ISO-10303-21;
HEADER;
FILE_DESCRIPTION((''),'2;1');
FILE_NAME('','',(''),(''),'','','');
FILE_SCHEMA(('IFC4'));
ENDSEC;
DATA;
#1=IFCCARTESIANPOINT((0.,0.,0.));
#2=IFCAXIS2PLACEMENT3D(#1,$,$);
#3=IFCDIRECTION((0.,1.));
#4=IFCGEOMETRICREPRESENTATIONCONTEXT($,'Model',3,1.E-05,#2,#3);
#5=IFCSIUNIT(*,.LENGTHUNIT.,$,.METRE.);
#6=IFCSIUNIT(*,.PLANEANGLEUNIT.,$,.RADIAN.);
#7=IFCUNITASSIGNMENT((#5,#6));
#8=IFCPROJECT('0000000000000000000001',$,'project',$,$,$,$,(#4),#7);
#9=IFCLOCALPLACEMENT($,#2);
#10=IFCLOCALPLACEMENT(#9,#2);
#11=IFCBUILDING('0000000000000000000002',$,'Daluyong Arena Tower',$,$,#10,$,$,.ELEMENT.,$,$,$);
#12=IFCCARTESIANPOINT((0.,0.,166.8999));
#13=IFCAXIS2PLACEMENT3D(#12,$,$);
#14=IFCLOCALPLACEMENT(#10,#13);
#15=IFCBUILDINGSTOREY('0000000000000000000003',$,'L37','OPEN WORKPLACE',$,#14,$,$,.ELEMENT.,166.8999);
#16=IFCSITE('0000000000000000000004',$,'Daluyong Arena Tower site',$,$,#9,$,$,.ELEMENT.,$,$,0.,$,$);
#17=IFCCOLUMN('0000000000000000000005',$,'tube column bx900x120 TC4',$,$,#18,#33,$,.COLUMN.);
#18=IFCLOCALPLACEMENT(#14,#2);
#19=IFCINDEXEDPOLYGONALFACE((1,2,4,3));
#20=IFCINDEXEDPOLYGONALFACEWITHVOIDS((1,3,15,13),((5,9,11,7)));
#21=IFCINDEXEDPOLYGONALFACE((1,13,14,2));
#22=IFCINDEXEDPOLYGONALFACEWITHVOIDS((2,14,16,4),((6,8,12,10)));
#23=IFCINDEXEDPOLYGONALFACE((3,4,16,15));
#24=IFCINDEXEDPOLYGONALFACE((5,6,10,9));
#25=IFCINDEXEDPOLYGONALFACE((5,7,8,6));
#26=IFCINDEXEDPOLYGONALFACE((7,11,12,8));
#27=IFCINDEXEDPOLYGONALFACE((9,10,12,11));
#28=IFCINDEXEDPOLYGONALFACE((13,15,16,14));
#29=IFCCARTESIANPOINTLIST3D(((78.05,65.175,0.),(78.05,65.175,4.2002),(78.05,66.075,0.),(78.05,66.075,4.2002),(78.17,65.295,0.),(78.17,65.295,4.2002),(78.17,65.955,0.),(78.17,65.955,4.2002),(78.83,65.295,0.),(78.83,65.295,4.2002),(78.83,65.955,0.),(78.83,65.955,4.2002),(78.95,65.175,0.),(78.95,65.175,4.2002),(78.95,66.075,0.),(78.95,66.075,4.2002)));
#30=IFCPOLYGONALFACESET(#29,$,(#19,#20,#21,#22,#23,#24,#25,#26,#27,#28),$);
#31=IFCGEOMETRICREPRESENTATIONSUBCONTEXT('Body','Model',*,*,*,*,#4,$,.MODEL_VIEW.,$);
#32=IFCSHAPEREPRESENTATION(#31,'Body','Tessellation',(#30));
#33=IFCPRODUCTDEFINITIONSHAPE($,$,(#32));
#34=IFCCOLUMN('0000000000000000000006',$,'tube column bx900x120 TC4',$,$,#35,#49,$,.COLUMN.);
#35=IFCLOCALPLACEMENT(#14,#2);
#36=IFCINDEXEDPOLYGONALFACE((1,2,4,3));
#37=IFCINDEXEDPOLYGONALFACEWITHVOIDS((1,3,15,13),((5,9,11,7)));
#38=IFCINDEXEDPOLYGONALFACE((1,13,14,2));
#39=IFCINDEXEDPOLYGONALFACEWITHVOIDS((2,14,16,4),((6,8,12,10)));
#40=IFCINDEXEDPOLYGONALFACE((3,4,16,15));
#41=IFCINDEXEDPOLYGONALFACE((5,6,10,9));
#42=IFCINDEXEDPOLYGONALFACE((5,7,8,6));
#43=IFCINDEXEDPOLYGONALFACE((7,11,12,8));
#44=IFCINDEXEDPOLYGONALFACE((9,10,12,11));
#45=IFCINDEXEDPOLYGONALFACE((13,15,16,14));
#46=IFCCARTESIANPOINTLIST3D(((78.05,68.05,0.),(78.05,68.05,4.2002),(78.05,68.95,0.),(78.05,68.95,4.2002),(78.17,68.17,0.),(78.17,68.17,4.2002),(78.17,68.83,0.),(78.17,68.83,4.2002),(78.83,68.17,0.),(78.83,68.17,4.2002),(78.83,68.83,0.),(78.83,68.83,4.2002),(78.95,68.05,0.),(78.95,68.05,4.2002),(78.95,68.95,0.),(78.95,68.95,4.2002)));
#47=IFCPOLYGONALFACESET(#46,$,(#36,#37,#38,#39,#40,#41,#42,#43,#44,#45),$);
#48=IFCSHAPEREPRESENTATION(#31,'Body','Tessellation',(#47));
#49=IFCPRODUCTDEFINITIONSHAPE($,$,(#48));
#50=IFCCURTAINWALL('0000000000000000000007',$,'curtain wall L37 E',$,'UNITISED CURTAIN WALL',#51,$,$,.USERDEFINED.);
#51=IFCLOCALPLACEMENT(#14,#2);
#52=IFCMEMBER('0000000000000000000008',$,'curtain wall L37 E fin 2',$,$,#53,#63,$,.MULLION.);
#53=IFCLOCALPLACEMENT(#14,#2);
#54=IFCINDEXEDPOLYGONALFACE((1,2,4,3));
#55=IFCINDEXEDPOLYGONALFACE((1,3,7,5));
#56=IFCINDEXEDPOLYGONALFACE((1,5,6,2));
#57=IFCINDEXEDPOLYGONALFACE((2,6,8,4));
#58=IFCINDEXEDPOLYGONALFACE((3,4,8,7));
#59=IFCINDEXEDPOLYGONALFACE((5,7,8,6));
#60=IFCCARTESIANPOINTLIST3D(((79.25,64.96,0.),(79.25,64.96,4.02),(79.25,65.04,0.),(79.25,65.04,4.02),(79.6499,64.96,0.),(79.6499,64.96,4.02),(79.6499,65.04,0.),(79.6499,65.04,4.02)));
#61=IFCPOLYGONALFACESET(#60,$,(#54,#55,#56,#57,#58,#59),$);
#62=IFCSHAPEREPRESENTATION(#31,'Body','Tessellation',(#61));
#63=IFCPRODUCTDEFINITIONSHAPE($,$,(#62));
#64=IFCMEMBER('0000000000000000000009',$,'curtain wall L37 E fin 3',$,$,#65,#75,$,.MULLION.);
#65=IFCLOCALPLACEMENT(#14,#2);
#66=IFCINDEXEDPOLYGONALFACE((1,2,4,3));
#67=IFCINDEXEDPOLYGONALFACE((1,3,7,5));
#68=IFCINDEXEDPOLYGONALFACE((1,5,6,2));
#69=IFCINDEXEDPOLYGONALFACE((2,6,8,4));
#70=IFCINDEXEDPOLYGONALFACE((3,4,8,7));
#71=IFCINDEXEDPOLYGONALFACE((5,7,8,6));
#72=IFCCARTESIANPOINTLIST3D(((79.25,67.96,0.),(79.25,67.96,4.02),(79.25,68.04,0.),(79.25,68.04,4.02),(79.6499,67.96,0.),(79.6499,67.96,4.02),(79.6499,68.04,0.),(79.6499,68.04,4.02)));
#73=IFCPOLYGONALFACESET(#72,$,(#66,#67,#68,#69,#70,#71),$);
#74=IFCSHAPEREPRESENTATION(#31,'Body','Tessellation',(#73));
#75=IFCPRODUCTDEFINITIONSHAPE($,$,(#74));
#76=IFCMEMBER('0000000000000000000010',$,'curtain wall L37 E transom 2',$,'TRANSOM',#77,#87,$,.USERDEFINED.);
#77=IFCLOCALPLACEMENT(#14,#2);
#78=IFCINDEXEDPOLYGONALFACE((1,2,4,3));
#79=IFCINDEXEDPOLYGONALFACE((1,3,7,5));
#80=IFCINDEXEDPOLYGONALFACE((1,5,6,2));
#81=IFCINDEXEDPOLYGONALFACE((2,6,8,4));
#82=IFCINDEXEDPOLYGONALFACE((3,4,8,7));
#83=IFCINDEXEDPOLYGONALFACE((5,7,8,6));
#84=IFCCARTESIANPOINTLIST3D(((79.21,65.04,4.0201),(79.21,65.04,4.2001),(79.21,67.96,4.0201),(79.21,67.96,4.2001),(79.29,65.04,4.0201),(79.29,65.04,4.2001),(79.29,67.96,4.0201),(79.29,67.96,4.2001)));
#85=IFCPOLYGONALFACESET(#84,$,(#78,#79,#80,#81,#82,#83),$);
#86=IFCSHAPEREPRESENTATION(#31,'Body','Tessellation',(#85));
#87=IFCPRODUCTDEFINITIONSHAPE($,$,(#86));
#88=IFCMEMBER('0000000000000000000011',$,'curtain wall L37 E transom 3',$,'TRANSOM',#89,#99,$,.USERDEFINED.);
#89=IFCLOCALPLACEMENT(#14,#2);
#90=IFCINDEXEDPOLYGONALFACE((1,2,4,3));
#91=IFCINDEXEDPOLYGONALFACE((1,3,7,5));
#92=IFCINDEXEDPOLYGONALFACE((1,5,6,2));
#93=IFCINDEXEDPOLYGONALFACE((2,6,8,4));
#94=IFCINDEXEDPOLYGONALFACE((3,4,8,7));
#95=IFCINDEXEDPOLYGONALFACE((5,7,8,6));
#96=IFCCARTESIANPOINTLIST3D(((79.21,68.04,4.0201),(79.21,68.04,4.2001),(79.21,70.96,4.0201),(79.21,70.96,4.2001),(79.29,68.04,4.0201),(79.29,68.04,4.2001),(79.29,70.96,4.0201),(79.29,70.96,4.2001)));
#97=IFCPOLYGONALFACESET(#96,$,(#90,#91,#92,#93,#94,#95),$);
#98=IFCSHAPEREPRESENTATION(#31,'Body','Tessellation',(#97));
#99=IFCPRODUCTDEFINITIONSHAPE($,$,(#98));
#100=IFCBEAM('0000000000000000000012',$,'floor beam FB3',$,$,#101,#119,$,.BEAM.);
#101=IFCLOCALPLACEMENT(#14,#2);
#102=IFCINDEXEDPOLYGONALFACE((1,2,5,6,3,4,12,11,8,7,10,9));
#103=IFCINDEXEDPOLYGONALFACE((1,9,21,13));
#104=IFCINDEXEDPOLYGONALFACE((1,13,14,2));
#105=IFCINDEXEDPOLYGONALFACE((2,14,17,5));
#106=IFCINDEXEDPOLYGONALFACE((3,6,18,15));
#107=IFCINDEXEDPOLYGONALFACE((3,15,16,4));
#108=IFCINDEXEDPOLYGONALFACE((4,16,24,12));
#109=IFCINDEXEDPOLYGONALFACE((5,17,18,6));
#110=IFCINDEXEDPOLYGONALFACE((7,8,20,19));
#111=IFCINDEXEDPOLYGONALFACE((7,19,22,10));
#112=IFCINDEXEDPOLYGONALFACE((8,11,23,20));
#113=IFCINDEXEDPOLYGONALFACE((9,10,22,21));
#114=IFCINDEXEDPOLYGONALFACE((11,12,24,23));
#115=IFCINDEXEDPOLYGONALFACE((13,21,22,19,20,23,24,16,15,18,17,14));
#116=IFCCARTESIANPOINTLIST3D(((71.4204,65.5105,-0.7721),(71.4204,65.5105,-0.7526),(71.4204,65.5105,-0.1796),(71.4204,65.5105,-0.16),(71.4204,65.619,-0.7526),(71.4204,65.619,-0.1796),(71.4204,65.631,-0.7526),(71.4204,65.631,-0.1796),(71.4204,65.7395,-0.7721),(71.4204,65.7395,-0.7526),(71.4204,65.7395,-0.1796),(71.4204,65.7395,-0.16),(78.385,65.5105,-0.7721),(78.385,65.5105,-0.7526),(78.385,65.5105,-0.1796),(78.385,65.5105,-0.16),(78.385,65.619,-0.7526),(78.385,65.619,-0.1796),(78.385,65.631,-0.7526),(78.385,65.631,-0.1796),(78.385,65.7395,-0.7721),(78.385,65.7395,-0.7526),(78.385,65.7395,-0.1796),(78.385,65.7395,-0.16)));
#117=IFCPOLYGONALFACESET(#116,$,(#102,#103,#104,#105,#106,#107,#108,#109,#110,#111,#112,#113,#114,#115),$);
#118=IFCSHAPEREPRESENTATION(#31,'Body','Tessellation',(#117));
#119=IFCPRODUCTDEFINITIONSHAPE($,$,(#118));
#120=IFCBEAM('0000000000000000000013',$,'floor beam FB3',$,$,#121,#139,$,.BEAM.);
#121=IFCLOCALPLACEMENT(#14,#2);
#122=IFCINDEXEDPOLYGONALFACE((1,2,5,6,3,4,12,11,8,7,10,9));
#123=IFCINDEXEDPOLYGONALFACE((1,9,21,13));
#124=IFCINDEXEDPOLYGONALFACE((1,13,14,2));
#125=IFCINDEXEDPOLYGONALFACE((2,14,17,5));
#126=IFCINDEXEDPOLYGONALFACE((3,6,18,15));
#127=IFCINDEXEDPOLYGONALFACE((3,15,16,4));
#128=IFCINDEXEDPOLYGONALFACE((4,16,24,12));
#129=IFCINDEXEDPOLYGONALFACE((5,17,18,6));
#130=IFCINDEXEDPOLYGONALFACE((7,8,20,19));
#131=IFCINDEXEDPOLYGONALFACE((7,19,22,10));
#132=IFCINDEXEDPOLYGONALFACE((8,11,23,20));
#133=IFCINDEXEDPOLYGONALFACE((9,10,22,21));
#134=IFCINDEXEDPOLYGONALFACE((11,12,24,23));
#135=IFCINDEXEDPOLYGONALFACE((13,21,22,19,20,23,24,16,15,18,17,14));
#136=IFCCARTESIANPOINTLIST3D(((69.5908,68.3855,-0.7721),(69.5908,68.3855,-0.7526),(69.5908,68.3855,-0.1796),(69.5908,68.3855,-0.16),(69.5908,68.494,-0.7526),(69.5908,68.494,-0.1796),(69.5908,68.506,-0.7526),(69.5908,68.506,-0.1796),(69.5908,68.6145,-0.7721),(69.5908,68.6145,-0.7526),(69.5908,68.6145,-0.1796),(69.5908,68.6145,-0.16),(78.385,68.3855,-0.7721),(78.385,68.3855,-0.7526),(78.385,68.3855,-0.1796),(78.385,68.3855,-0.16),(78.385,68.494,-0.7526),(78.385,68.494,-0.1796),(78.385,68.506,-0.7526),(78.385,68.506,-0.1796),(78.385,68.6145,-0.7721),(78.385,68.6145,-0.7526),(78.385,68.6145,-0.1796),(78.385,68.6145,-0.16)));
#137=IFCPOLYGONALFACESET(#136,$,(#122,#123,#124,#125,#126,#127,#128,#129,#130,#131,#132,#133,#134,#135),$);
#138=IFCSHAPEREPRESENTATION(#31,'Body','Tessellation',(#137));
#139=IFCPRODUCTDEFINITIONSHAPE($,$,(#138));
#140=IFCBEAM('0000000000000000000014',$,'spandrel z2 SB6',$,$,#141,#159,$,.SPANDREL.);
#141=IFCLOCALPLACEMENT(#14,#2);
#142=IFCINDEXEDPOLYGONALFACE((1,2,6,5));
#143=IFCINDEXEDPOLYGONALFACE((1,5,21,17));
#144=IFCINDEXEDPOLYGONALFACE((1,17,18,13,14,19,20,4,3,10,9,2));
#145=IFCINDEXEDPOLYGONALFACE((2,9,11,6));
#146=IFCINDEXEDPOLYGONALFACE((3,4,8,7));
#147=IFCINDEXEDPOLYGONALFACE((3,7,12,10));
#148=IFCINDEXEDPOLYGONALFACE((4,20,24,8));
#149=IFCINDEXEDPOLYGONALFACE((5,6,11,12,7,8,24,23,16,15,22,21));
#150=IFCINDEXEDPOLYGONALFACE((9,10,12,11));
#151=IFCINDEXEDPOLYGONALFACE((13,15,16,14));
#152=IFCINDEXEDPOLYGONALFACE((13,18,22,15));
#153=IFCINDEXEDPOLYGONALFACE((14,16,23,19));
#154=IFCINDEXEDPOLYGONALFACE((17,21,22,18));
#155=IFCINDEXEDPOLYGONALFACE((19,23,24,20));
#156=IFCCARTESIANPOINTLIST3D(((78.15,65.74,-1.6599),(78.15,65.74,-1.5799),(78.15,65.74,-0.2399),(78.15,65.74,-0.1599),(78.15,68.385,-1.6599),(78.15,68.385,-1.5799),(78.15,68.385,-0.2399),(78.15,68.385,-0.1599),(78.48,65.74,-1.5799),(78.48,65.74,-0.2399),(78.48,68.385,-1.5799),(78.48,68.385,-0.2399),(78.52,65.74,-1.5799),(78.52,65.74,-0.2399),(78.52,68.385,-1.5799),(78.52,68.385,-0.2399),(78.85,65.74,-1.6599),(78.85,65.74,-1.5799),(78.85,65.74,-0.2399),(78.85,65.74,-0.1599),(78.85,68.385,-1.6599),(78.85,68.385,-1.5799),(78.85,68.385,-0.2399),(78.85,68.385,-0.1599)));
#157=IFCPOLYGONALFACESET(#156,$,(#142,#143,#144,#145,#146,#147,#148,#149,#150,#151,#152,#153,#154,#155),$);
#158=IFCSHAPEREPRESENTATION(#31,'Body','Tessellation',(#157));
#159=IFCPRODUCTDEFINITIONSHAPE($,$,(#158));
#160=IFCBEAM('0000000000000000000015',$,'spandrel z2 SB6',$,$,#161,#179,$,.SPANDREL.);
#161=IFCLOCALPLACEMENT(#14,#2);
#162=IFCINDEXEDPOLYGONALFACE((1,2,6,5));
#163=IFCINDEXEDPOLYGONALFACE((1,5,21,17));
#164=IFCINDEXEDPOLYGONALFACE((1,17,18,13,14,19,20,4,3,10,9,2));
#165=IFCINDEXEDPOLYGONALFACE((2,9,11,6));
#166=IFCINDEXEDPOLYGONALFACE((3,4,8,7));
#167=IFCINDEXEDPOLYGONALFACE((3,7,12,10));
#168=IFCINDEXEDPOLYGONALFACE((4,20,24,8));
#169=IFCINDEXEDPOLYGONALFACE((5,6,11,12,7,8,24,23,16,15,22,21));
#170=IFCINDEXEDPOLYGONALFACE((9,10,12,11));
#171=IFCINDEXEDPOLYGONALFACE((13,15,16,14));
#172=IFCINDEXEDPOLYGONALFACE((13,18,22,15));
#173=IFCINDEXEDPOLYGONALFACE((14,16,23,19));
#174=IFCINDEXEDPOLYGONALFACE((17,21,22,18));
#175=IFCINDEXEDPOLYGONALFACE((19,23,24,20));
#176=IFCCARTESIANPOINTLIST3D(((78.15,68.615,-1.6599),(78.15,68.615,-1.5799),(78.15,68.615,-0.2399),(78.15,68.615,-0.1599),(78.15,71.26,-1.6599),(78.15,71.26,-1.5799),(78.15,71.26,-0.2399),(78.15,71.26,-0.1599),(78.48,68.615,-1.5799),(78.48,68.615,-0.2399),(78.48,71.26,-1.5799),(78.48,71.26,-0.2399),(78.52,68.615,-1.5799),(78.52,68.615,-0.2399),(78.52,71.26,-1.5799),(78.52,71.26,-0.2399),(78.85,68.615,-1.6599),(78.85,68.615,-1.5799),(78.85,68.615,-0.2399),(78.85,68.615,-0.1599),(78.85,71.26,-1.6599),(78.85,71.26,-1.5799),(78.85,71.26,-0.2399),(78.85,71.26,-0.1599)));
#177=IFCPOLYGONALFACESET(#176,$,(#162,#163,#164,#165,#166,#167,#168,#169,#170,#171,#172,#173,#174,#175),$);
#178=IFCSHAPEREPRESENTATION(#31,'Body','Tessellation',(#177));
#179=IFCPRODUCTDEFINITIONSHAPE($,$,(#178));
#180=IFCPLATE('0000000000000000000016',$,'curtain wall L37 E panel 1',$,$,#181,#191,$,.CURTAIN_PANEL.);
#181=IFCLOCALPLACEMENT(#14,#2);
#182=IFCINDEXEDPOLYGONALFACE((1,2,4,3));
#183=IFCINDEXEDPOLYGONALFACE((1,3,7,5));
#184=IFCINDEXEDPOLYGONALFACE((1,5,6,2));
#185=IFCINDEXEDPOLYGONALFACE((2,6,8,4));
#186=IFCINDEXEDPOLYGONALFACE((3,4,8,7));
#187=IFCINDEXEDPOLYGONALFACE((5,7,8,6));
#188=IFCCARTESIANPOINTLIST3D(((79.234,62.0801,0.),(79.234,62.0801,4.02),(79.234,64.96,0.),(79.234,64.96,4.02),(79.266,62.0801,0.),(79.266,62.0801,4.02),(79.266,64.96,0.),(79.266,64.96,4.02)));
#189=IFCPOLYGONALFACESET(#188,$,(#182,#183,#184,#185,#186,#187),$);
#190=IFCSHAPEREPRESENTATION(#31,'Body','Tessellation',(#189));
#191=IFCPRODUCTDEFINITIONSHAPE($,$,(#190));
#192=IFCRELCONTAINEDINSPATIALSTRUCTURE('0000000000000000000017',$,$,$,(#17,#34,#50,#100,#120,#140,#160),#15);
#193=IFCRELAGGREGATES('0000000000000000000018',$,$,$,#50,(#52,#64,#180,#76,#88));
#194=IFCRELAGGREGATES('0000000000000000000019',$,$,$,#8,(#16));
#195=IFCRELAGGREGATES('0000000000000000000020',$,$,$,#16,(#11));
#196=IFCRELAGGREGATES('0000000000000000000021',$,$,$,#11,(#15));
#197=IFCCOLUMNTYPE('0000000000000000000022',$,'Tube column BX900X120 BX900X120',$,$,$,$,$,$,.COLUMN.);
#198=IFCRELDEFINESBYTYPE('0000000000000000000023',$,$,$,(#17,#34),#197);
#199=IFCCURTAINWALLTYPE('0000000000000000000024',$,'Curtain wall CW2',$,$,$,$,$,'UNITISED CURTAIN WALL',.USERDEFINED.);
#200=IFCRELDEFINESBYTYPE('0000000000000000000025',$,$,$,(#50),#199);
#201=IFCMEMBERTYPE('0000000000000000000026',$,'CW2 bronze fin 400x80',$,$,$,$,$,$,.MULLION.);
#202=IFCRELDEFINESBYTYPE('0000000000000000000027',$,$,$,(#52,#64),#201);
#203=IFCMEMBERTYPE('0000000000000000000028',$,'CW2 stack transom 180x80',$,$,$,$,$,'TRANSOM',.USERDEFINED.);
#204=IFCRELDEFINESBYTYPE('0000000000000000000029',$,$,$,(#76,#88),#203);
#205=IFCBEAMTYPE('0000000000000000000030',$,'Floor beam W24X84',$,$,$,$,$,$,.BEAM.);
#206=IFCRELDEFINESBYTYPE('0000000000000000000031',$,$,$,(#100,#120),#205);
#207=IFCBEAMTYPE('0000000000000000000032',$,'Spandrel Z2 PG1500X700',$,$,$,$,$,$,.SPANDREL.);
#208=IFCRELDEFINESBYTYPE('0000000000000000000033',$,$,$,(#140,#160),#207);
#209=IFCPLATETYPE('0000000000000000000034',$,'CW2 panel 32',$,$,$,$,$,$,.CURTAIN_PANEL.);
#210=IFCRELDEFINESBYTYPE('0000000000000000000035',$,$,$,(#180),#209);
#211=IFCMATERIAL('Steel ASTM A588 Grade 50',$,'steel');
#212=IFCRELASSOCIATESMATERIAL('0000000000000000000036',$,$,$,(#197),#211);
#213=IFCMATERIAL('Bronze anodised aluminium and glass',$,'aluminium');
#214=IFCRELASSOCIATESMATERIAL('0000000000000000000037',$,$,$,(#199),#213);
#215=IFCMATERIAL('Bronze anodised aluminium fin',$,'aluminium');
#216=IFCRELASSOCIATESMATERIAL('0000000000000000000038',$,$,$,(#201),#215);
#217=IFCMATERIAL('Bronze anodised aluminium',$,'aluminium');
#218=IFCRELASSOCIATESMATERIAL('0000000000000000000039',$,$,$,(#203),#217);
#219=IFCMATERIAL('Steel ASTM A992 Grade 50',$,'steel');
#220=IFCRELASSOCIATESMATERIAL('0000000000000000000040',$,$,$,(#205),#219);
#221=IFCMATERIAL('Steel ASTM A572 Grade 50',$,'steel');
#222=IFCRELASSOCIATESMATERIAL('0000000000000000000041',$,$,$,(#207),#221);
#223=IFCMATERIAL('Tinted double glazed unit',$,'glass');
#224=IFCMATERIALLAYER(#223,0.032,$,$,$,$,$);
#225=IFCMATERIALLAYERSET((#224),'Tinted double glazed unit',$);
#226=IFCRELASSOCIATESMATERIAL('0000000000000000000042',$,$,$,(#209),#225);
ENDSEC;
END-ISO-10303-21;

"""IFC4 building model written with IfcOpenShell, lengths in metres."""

from ifc_helpers import new_model, si_unit, direction, frame, origin, origin_2d, place, context, subcontext, project, spatial, rectangle, hollow_rectangle, i_section, extrude, material, layer, layer_set, material_profile, profile_set, type_object, element, aggregate, save


model = new_model("IFC4")

# Units and contexts
model_context = context("Model", 3, precision=1e-05, world=origin(), true_north=direction((0.0, 1.0)))
body_context = subcontext(model_context, "Body", "Model", "MODEL_VIEW")
ifc_project = project(units=[si_unit("LENGTHUNIT", "METRE"), si_unit("PLANEANGLEUNIT", "RADIAN")], contexts=[model_context])

# Site, building, storey
site_placement = place(None, origin())
site = spatial("IfcSite", under=ifc_project, at=site_placement, Name="Daluyong Arena Tower site", CompositionType="ELEMENT", RefElevation=0.0)
building_placement = place(site_placement, origin())
building = spatial("IfcBuilding", under=site, at=building_placement, Name="Daluyong Arena Tower", CompositionType="ELEMENT")
storey_placement = place(building_placement, frame((0.0, 0.0, 166.8999)))
storey = spatial("IfcBuildingStorey", under=building, at=storey_placement, Name="L37", Description="OPEN WORKPLACE", CompositionType="ELEMENT", Elevation=166.8999)

# Columns
ifc_material_1 = material(Name="Steel ASTM A588 Grade 50", Category="steel")
ifc_material_profile_1 = material_profile(ifc_material_1, hollow_rectangle(XDim=0.8999, YDim=0.8999, WallThickness=0.12, at=origin_2d()))
ifc_profile_set_1 = profile_set([ifc_material_profile_1], Name="Steel ASTM A588 Grade 50")
column_type = type_object("IfcColumnType", Name="Tube column BX900X120 BX900X120", PredefinedType="COLUMN", material=ifc_profile_set_1)
for number, where, z_axis, x_axis, name in (
    (1, (78.5, 65.625, 0.0), (0.0, 0.0, 1.0), (0.0, 1.0, 0.0), "tube column bx900x120 TC4"),
    (2, (78.5, 68.5, 0.0), (0.0, 0.0, 1.0), (0.0, 1.0, 0.0), "tube column bx900x120 TC4"),
):
    element("IfcColumn", number, at=place(storey_placement, frame(where, z_axis=z_axis, x_axis=x_axis)), inside=storey, type_object=column_type, Name=name, PredefinedType="COLUMN", context=body_context, shape_type="SweptSolid", body=[
        extrude(hollow_rectangle(XDim=0.8999, YDim=0.8999, WallThickness=0.12, at=origin_2d()), origin(), (0.0, 0.0, 1.0), 4.2002),
    ])

# Curtain wall, members
ifc_material_2 = material(Name="Bronze anodised aluminium and glass", Category="aluminium")
curtain_wall_type = type_object("IfcCurtainWallType", Name="Curtain wall CW2", ElementType="UNITISED CURTAIN WALL", PredefinedType="USERDEFINED", material=ifc_material_2)
curtain_wall_placement = place(storey_placement, origin())
curtain_wall = element("IfcCurtainWall", 3, at=curtain_wall_placement, inside=storey, type_object=curtain_wall_type, Name="curtain wall L37 E", ObjectType="UNITISED CURTAIN WALL", PredefinedType="USERDEFINED")
ifc_material_3 = material(Name="Bronze anodised aluminium fin", Category="aluminium")
ifc_material_profile_2 = material_profile(ifc_material_3, rectangle(XDim=0.3999, YDim=0.0801, at=origin_2d()))
ifc_profile_set_2 = profile_set([ifc_material_profile_2], Name="Bronze anodised aluminium fin")
member_type_1 = type_object("IfcMemberType", Name="CW2 bronze fin 400x80", PredefinedType="MULLION", material=ifc_profile_set_2)
member_1_placement = place(storey_placement, frame((79.45, 65.0, 0.0), z_axis=(0.0, 0.0, 1.0), x_axis=(-1.0, 0.0, 0.0)))
member_1 = element("IfcMember", 4, at=member_1_placement, type_object=member_type_1, Name="curtain wall L37 E fin 2", PredefinedType="MULLION", context=body_context, shape_type="SweptSolid", body=[
    extrude(rectangle(XDim=0.3999, YDim=0.0801, at=origin_2d()), origin(), (0.0, 0.0, 1.0), 4.02),
])
member_2_placement = place(storey_placement, frame((79.45, 68.0, 0.0), z_axis=(0.0, 0.0, 1.0), x_axis=(-1.0, 0.0, 0.0)))
member_2 = element("IfcMember", 5, at=member_2_placement, type_object=member_type_1, Name="curtain wall L37 E fin 3", PredefinedType="MULLION", context=body_context, shape_type="SweptSolid", body=[
    extrude(rectangle(XDim=0.3999, YDim=0.0801, at=origin_2d()), origin(), (0.0, 0.0, 1.0), 4.02),
])
ifc_material_4 = material(Name="Bronze anodised aluminium", Category="aluminium")
ifc_material_profile_3 = material_profile(ifc_material_4, rectangle(XDim=0.0801, YDim=0.1799, at=origin_2d()))
ifc_profile_set_3 = profile_set([ifc_material_profile_3], Name="Bronze anodised aluminium")
member_type_2 = type_object("IfcMemberType", Name="CW2 stack transom 180x80", ElementType="TRANSOM", PredefinedType="USERDEFINED", material=ifc_profile_set_3)
member_3_placement = place(storey_placement, frame((79.25, 65.04, 4.1101), z_axis=(0.0, 1.0, 0.0), x_axis=(-1.0, 0.0, 0.0)))
member_3 = element("IfcMember", 6, at=member_3_placement, type_object=member_type_2, Name="curtain wall L37 E transom 2", ObjectType="TRANSOM", PredefinedType="USERDEFINED", context=body_context, shape_type="SweptSolid", body=[
    extrude(rectangle(XDim=0.0801, YDim=0.1799, at=origin_2d()), origin(), (0.0, 0.0, 1.0), 2.9199),
])
member_4_placement = place(storey_placement, frame((79.25, 68.04, 4.1101), z_axis=(0.0, 1.0, 0.0), x_axis=(-1.0, 0.0, 0.0)))
member_4 = element("IfcMember", 7, at=member_4_placement, type_object=member_type_2, Name="curtain wall L37 E transom 3", ObjectType="TRANSOM", PredefinedType="USERDEFINED", context=body_context, shape_type="SweptSolid", body=[
    extrude(rectangle(XDim=0.0801, YDim=0.1799, at=origin_2d()), origin(), (0.0, 0.0, 1.0), 2.9199),
])

# Beams
ifc_material_5 = material(Name="Steel ASTM A992 Grade 50", Category="steel")
ifc_material_profile_4 = material_profile(ifc_material_5, i_section(OverallWidth=0.229, OverallDepth=0.6121, WebThickness=0.012, FlangeThickness=0.0195, at=origin_2d()))
ifc_profile_set_4 = profile_set([ifc_material_profile_4], Name="Steel ASTM A992 Grade 50")
beam_type_1 = type_object("IfcBeamType", Name="Floor beam W24X84", PredefinedType="BEAM", material=ifc_profile_set_4)
beam_1_placement = place(storey_placement, frame((78.385, 65.625, -0.4661), z_axis=(-1.0, 0.0, 0.0), x_axis=(0.0, -1.0, 0.0)))
element("IfcBeam", 8, at=beam_1_placement, inside=storey, type_object=beam_type_1, Name="floor beam FB3", PredefinedType="BEAM", context=body_context, shape_type="SweptSolid", body=[
    extrude(i_section(OverallWidth=0.229, OverallDepth=0.6121, WebThickness=0.012, FlangeThickness=0.0195, at=origin_2d()), origin(), (0.0, 0.0, 1.0), 6.9646),
])
beam_2_placement = place(storey_placement, frame((78.385, 68.5, -0.4661), z_axis=(-1.0, 0.0, 0.0), x_axis=(0.0, -1.0, 0.0)))
element("IfcBeam", 9, at=beam_2_placement, inside=storey, type_object=beam_type_1, Name="floor beam FB3", PredefinedType="BEAM", context=body_context, shape_type="SweptSolid", body=[
    extrude(i_section(OverallWidth=0.229, OverallDepth=0.6121, WebThickness=0.012, FlangeThickness=0.0195, at=origin_2d()), origin(), (0.0, 0.0, 1.0), 8.7942),
])
ifc_material_6 = material(Name="Steel ASTM A572 Grade 50", Category="steel")
ifc_material_profile_5 = material_profile(ifc_material_6, i_section(OverallWidth=0.7, OverallDepth=1.5, WebThickness=0.04, FlangeThickness=0.08, at=origin_2d()))
ifc_profile_set_5 = profile_set([ifc_material_profile_5], Name="Steel ASTM A572 Grade 50")
beam_type_2 = type_object("IfcBeamType", Name="Spandrel Z2 PG1500X700", PredefinedType="SPANDREL", material=ifc_profile_set_5)
for number, where, z_axis, x_axis, name in (
    (10, (78.5, 65.74, -0.9099), (0.0, 1.0, 0.0), (-1.0, 0.0, 0.0), "spandrel z2 SB6"),
    (11, (78.5, 68.615, -0.9099), (0.0, 1.0, 0.0), (-1.0, 0.0, 0.0), "spandrel z2 SB6"),
):
    element("IfcBeam", number, at=place(storey_placement, frame(where, z_axis=z_axis, x_axis=x_axis)), inside=storey, type_object=beam_type_2, Name=name, PredefinedType="SPANDREL", context=body_context, shape_type="SweptSolid", body=[
        extrude(i_section(OverallWidth=0.7, OverallDepth=1.5, WebThickness=0.04, FlangeThickness=0.08, at=origin_2d()), origin(), (0.0, 0.0, 1.0), 2.645),
    ])

# Plate
ifc_material_7 = material(Name="Tinted double glazed unit", Category="glass")
ifc_layer_1 = layer(ifc_material_7, 0.032)
ifc_layer_set_1 = layer_set([ifc_layer_1], Name="Tinted double glazed unit")
plate_type = type_object("IfcPlateType", Name="CW2 panel 32", PredefinedType="CURTAIN_PANEL", material=ifc_layer_set_1)
plate_1_placement = place(storey_placement, frame((79.25, 63.52, 0.0), z_axis=(0.0, 0.0, 1.0), x_axis=(0.0, 1.0, 0.0)))
plate_1 = element("IfcPlate", 12, at=plate_1_placement, type_object=plate_type, Name="curtain wall L37 E panel 1", PredefinedType="CURTAIN_PANEL", context=body_context, shape_type="SweptSolid", body=[
    extrude(rectangle(XDim=2.8799, YDim=0.032, at=origin_2d()), origin(), (0.0, 0.0, 1.0), 4.02),
])
aggregate(curtain_wall, [member_1, member_2, plate_1, member_3, member_4])

save(model, "model.ifc")
